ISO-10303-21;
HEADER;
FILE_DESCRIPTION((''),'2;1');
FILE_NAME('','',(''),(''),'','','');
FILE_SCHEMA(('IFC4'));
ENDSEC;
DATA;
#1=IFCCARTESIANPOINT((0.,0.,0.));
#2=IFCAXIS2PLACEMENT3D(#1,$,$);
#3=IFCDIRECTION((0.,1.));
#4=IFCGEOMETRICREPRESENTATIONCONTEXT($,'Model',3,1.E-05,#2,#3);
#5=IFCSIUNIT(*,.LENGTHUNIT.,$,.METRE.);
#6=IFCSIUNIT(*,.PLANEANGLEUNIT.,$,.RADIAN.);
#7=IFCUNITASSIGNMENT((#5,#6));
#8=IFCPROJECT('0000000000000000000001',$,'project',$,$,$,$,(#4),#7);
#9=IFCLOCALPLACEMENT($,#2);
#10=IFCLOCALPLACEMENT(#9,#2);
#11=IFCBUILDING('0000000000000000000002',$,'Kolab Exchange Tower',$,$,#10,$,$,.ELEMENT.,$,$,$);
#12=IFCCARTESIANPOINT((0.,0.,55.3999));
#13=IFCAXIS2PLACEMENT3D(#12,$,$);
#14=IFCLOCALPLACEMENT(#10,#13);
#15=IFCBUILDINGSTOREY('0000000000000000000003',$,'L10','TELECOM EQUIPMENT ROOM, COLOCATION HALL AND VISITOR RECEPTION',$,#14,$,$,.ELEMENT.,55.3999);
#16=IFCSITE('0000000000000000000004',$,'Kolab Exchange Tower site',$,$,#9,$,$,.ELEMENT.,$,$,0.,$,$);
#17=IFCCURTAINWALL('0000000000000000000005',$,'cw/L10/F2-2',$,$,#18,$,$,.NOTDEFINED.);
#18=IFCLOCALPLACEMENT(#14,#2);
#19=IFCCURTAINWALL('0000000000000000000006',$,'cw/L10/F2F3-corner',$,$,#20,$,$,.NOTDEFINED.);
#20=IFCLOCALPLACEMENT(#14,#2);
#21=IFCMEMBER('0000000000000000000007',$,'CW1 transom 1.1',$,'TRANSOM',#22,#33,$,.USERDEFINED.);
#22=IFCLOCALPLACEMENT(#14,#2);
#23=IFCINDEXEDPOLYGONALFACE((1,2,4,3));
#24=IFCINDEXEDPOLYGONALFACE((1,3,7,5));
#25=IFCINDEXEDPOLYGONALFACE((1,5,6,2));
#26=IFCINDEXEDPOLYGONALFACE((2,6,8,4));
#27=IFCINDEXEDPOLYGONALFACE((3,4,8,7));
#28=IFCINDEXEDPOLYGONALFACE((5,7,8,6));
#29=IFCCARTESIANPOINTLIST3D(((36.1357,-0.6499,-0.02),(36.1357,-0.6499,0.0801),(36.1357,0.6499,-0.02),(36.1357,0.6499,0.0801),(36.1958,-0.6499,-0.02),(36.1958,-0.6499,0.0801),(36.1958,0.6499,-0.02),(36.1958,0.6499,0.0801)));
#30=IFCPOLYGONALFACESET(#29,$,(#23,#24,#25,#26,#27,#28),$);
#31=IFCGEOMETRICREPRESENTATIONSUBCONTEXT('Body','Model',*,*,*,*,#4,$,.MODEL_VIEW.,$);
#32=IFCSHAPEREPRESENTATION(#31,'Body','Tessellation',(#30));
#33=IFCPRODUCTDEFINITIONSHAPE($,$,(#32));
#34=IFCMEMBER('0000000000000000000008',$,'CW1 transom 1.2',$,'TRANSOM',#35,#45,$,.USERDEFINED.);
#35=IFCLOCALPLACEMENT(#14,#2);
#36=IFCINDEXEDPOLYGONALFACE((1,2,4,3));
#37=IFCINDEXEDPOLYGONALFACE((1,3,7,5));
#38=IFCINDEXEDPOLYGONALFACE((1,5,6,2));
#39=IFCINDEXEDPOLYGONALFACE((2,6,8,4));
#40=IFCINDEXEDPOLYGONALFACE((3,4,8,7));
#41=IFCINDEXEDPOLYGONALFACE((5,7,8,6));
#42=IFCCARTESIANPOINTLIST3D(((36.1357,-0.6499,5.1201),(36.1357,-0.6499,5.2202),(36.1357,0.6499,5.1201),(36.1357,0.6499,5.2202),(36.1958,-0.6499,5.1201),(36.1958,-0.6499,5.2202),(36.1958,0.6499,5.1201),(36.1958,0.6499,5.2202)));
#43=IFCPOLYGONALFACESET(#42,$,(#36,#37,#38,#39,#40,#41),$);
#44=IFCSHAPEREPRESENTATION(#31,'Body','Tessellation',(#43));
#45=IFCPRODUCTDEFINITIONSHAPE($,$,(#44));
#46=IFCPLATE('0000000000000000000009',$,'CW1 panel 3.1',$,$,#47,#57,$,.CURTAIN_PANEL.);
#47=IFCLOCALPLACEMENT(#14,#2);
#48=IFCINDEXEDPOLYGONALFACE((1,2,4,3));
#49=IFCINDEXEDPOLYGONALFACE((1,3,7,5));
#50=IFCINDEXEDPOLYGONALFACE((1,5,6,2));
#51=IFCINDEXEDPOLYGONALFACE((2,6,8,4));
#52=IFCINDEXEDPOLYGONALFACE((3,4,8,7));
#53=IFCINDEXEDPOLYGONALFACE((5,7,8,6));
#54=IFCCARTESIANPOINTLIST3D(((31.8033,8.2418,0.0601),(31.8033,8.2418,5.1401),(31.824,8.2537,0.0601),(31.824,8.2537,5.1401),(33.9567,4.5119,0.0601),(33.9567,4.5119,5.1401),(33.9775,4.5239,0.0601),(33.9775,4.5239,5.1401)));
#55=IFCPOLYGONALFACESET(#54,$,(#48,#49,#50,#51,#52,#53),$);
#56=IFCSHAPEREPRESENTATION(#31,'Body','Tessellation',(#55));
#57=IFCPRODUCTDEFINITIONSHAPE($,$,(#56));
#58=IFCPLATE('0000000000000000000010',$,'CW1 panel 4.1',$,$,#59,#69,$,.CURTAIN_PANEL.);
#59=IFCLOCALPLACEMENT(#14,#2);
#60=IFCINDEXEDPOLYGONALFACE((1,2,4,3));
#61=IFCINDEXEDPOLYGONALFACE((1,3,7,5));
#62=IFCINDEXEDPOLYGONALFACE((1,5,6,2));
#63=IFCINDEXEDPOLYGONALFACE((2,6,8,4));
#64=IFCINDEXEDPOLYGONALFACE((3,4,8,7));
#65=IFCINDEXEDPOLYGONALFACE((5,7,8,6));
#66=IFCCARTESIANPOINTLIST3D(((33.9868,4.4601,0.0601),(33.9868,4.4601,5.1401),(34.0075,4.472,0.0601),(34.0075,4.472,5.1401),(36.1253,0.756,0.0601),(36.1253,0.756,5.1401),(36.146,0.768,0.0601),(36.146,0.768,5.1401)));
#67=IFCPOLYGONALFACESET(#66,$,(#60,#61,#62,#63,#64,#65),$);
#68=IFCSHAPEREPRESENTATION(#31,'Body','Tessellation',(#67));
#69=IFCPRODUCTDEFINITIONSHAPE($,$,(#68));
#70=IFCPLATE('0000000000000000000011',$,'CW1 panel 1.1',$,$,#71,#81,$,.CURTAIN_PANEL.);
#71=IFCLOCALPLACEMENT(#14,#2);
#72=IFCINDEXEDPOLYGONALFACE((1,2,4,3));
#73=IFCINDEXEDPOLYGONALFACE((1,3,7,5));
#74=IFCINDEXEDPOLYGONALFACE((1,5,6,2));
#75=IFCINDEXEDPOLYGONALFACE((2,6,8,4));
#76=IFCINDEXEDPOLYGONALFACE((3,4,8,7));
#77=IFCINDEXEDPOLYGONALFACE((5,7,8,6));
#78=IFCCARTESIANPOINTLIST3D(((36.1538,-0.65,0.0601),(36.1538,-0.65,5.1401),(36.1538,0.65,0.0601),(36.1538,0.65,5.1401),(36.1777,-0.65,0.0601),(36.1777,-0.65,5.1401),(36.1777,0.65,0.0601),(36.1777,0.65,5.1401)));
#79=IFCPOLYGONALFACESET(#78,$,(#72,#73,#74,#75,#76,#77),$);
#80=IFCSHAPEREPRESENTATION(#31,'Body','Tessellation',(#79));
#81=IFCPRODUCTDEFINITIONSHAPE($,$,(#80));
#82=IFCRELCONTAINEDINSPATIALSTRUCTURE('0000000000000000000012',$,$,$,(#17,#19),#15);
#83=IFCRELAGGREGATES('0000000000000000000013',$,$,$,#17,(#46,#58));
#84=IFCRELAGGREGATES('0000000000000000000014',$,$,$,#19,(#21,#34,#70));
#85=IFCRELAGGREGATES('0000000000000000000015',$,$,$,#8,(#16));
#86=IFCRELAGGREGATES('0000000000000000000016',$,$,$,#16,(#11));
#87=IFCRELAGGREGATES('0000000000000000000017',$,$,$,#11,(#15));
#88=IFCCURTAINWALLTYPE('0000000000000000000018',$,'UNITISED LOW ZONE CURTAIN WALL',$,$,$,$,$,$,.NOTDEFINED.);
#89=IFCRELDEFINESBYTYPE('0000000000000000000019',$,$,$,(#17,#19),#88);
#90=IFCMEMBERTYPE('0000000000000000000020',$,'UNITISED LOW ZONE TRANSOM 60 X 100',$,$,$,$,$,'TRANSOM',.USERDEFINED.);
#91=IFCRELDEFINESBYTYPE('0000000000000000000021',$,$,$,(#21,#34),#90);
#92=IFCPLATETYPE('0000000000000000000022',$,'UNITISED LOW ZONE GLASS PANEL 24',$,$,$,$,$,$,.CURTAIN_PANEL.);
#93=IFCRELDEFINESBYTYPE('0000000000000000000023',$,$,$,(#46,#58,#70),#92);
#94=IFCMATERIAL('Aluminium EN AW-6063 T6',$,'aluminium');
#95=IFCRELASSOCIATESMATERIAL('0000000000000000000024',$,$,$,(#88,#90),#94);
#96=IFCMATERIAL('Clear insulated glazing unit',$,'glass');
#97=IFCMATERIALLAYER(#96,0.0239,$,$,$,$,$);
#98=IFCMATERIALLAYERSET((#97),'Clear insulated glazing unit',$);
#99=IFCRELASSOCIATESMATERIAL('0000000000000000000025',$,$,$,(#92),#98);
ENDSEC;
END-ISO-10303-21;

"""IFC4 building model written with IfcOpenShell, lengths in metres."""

from ifc_helpers import new_model, si_unit, direction, frame, origin, origin_2d, place, context, subcontext, project, spatial, rectangle, extrude, material, layer, layer_set, material_profile, profile_set, type_object, element, aggregate, save


model = new_model("IFC4")

# Units and contexts
model_context = context("Model", 3, precision=1e-05, world=origin(), true_north=direction((0.0, 1.0)))
body_context = subcontext(model_context, "Body", "Model", "MODEL_VIEW")
ifc_project = project(units=[si_unit("LENGTHUNIT", "METRE"), si_unit("PLANEANGLEUNIT", "RADIAN")], contexts=[model_context])

# Site, building, storey
site_placement = place(None, origin())
site = spatial("IfcSite", under=ifc_project, at=site_placement, Name="Kolab Exchange Tower site", CompositionType="ELEMENT", RefElevation=0.0)
building_placement = place(site_placement, origin())
building = spatial("IfcBuilding", under=site, at=building_placement, Name="Kolab Exchange Tower", CompositionType="ELEMENT")
storey_placement = place(building_placement, frame((0.0, 0.0, 55.3999)))
storey = spatial("IfcBuildingStorey", under=building, at=storey_placement, Name="L10", Description="TELECOM EQUIPMENT ROOM, COLOCATION HALL AND VISITOR RECEPTION", CompositionType="ELEMENT", Elevation=55.3999)

# Curtain wall
ifc_material_1 = material(Name="Aluminium EN AW-6063 T6", Category="aluminium")
curtain_wall_type = type_object("IfcCurtainWallType", Name="UNITISED LOW ZONE CURTAIN WALL", PredefinedType="NOTDEFINED", material=ifc_material_1)
curtain_wall_1_placement = place(storey_placement, origin())
curtain_wall_1 = element("IfcCurtainWall", 1, at=curtain_wall_1_placement, inside=storey, type_object=curtain_wall_type, Name="cw/L10/F2-2", PredefinedType="NOTDEFINED")

# Curtain wall
curtain_wall_2_placement = place(storey_placement, origin())
curtain_wall_2 = element("IfcCurtainWall", 2, at=curtain_wall_2_placement, inside=storey, type_object=curtain_wall_type, Name="cw/L10/F2F3-corner", PredefinedType="NOTDEFINED")

# Members
ifc_material_profile_1 = material_profile(ifc_material_1, rectangle(XDim=0.0601, YDim=0.1001, at=origin_2d()), Name="RECT 60X100")
ifc_profile_set_1 = profile_set([ifc_material_profile_1], Name="Aluminium EN AW-6063 T6")
member_type_1 = type_object("IfcMemberType", Name="UNITISED LOW ZONE TRANSOM 60 X 100", ElementType="TRANSOM", PredefinedType="USERDEFINED", material=ifc_profile_set_1)
member_1_placement = place(storey_placement, frame((36.1658, 0.6499, 0.03), z_axis=(0.0, -1.0, 0.0), x_axis=(1.0, 0.0, 0.0)))
member_1 = element("IfcMember", 3, at=member_1_placement, type_object=member_type_1, Name="CW1 transom 1.1", ObjectType="TRANSOM", PredefinedType="USERDEFINED", context=body_context, shape_type="SweptSolid", body=[
    extrude(rectangle(XDim=0.0601, YDim=0.1001, at=origin_2d()), origin(), (0.0, 0.0, 1.0), 1.2998),
])
member_2_placement = place(storey_placement, frame((36.1658, 0.6499, 5.1702), z_axis=(0.0, -1.0, 0.0), x_axis=(1.0, 0.0, 0.0)))
member_2 = element("IfcMember", 4, at=member_2_placement, type_object=member_type_1, Name="CW1 transom 1.2", ObjectType="TRANSOM", PredefinedType="USERDEFINED", context=body_context, shape_type="SweptSolid", body=[
    extrude(rectangle(XDim=0.0601, YDim=0.1001, at=origin_2d()), origin(), (0.0, 0.0, 1.0), 1.2998),
])

# Plates
ifc_material_2 = material(Name="Clear insulated glazing unit", Category="glass")
ifc_layer = layer(ifc_material_2, 0.0239)
ifc_layer_set = layer_set([ifc_layer], Name="Clear insulated glazing unit")
plate_type = type_object("IfcPlateType", Name="UNITISED LOW ZONE GLASS PANEL 24", PredefinedType="CURTAIN_PANEL", material=ifc_layer_set)
plate_1_placement = place(storey_placement, frame((32.8904, 6.3828, 0.0601), z_axis=(0.0, 0.0, 1.0), x_axis=(0.5, -0.866025, 0.0)))
plate_1 = element("IfcPlate", 5, at=plate_1_placement, type_object=plate_type, Name="CW1 panel 3.1", PredefinedType="CURTAIN_PANEL", context=body_context, shape_type="SweptSolid", body=[
    extrude(rectangle(XDim=4.3069, YDim=0.0239, at=origin_2d()), origin(), (0.0, 0.0, 1.0), 5.0801),
])
plate_2_placement = place(storey_placement, frame((35.0664, 2.614, 0.0601), z_axis=(0.0, 0.0, 1.0), x_axis=(0.5, -0.866025, 0.0)))
plate_2 = element("IfcPlate", 6, at=plate_2_placement, type_object=plate_type, Name="CW1 panel 4.1", PredefinedType="CURTAIN_PANEL", context=body_context, shape_type="SweptSolid", body=[
    extrude(rectangle(XDim=4.2771, YDim=0.0239, at=origin_2d()), origin(), (0.0, 0.0, 1.0), 5.0801),
])
aggregate(curtain_wall_1, [plate_1, plate_2])
plate_3_placement = place(storey_placement, frame((36.1658, 0.0, 0.0601), z_axis=(0.0, 0.0, 1.0), x_axis=(0.0, -1.0, 0.0)))
plate_3 = element("IfcPlate", 7, at=plate_3_placement, type_object=plate_type, Name="CW1 panel 1.1", PredefinedType="CURTAIN_PANEL", context=body_context, shape_type="SweptSolid", body=[
    extrude(rectangle(XDim=1.3, YDim=0.0239, at=origin_2d()), origin(), (0.0, 0.0, 1.0), 5.0801),
])
aggregate(curtain_wall_2, [member_1, member_2, plate_3])

save(model, "model.ifc")
